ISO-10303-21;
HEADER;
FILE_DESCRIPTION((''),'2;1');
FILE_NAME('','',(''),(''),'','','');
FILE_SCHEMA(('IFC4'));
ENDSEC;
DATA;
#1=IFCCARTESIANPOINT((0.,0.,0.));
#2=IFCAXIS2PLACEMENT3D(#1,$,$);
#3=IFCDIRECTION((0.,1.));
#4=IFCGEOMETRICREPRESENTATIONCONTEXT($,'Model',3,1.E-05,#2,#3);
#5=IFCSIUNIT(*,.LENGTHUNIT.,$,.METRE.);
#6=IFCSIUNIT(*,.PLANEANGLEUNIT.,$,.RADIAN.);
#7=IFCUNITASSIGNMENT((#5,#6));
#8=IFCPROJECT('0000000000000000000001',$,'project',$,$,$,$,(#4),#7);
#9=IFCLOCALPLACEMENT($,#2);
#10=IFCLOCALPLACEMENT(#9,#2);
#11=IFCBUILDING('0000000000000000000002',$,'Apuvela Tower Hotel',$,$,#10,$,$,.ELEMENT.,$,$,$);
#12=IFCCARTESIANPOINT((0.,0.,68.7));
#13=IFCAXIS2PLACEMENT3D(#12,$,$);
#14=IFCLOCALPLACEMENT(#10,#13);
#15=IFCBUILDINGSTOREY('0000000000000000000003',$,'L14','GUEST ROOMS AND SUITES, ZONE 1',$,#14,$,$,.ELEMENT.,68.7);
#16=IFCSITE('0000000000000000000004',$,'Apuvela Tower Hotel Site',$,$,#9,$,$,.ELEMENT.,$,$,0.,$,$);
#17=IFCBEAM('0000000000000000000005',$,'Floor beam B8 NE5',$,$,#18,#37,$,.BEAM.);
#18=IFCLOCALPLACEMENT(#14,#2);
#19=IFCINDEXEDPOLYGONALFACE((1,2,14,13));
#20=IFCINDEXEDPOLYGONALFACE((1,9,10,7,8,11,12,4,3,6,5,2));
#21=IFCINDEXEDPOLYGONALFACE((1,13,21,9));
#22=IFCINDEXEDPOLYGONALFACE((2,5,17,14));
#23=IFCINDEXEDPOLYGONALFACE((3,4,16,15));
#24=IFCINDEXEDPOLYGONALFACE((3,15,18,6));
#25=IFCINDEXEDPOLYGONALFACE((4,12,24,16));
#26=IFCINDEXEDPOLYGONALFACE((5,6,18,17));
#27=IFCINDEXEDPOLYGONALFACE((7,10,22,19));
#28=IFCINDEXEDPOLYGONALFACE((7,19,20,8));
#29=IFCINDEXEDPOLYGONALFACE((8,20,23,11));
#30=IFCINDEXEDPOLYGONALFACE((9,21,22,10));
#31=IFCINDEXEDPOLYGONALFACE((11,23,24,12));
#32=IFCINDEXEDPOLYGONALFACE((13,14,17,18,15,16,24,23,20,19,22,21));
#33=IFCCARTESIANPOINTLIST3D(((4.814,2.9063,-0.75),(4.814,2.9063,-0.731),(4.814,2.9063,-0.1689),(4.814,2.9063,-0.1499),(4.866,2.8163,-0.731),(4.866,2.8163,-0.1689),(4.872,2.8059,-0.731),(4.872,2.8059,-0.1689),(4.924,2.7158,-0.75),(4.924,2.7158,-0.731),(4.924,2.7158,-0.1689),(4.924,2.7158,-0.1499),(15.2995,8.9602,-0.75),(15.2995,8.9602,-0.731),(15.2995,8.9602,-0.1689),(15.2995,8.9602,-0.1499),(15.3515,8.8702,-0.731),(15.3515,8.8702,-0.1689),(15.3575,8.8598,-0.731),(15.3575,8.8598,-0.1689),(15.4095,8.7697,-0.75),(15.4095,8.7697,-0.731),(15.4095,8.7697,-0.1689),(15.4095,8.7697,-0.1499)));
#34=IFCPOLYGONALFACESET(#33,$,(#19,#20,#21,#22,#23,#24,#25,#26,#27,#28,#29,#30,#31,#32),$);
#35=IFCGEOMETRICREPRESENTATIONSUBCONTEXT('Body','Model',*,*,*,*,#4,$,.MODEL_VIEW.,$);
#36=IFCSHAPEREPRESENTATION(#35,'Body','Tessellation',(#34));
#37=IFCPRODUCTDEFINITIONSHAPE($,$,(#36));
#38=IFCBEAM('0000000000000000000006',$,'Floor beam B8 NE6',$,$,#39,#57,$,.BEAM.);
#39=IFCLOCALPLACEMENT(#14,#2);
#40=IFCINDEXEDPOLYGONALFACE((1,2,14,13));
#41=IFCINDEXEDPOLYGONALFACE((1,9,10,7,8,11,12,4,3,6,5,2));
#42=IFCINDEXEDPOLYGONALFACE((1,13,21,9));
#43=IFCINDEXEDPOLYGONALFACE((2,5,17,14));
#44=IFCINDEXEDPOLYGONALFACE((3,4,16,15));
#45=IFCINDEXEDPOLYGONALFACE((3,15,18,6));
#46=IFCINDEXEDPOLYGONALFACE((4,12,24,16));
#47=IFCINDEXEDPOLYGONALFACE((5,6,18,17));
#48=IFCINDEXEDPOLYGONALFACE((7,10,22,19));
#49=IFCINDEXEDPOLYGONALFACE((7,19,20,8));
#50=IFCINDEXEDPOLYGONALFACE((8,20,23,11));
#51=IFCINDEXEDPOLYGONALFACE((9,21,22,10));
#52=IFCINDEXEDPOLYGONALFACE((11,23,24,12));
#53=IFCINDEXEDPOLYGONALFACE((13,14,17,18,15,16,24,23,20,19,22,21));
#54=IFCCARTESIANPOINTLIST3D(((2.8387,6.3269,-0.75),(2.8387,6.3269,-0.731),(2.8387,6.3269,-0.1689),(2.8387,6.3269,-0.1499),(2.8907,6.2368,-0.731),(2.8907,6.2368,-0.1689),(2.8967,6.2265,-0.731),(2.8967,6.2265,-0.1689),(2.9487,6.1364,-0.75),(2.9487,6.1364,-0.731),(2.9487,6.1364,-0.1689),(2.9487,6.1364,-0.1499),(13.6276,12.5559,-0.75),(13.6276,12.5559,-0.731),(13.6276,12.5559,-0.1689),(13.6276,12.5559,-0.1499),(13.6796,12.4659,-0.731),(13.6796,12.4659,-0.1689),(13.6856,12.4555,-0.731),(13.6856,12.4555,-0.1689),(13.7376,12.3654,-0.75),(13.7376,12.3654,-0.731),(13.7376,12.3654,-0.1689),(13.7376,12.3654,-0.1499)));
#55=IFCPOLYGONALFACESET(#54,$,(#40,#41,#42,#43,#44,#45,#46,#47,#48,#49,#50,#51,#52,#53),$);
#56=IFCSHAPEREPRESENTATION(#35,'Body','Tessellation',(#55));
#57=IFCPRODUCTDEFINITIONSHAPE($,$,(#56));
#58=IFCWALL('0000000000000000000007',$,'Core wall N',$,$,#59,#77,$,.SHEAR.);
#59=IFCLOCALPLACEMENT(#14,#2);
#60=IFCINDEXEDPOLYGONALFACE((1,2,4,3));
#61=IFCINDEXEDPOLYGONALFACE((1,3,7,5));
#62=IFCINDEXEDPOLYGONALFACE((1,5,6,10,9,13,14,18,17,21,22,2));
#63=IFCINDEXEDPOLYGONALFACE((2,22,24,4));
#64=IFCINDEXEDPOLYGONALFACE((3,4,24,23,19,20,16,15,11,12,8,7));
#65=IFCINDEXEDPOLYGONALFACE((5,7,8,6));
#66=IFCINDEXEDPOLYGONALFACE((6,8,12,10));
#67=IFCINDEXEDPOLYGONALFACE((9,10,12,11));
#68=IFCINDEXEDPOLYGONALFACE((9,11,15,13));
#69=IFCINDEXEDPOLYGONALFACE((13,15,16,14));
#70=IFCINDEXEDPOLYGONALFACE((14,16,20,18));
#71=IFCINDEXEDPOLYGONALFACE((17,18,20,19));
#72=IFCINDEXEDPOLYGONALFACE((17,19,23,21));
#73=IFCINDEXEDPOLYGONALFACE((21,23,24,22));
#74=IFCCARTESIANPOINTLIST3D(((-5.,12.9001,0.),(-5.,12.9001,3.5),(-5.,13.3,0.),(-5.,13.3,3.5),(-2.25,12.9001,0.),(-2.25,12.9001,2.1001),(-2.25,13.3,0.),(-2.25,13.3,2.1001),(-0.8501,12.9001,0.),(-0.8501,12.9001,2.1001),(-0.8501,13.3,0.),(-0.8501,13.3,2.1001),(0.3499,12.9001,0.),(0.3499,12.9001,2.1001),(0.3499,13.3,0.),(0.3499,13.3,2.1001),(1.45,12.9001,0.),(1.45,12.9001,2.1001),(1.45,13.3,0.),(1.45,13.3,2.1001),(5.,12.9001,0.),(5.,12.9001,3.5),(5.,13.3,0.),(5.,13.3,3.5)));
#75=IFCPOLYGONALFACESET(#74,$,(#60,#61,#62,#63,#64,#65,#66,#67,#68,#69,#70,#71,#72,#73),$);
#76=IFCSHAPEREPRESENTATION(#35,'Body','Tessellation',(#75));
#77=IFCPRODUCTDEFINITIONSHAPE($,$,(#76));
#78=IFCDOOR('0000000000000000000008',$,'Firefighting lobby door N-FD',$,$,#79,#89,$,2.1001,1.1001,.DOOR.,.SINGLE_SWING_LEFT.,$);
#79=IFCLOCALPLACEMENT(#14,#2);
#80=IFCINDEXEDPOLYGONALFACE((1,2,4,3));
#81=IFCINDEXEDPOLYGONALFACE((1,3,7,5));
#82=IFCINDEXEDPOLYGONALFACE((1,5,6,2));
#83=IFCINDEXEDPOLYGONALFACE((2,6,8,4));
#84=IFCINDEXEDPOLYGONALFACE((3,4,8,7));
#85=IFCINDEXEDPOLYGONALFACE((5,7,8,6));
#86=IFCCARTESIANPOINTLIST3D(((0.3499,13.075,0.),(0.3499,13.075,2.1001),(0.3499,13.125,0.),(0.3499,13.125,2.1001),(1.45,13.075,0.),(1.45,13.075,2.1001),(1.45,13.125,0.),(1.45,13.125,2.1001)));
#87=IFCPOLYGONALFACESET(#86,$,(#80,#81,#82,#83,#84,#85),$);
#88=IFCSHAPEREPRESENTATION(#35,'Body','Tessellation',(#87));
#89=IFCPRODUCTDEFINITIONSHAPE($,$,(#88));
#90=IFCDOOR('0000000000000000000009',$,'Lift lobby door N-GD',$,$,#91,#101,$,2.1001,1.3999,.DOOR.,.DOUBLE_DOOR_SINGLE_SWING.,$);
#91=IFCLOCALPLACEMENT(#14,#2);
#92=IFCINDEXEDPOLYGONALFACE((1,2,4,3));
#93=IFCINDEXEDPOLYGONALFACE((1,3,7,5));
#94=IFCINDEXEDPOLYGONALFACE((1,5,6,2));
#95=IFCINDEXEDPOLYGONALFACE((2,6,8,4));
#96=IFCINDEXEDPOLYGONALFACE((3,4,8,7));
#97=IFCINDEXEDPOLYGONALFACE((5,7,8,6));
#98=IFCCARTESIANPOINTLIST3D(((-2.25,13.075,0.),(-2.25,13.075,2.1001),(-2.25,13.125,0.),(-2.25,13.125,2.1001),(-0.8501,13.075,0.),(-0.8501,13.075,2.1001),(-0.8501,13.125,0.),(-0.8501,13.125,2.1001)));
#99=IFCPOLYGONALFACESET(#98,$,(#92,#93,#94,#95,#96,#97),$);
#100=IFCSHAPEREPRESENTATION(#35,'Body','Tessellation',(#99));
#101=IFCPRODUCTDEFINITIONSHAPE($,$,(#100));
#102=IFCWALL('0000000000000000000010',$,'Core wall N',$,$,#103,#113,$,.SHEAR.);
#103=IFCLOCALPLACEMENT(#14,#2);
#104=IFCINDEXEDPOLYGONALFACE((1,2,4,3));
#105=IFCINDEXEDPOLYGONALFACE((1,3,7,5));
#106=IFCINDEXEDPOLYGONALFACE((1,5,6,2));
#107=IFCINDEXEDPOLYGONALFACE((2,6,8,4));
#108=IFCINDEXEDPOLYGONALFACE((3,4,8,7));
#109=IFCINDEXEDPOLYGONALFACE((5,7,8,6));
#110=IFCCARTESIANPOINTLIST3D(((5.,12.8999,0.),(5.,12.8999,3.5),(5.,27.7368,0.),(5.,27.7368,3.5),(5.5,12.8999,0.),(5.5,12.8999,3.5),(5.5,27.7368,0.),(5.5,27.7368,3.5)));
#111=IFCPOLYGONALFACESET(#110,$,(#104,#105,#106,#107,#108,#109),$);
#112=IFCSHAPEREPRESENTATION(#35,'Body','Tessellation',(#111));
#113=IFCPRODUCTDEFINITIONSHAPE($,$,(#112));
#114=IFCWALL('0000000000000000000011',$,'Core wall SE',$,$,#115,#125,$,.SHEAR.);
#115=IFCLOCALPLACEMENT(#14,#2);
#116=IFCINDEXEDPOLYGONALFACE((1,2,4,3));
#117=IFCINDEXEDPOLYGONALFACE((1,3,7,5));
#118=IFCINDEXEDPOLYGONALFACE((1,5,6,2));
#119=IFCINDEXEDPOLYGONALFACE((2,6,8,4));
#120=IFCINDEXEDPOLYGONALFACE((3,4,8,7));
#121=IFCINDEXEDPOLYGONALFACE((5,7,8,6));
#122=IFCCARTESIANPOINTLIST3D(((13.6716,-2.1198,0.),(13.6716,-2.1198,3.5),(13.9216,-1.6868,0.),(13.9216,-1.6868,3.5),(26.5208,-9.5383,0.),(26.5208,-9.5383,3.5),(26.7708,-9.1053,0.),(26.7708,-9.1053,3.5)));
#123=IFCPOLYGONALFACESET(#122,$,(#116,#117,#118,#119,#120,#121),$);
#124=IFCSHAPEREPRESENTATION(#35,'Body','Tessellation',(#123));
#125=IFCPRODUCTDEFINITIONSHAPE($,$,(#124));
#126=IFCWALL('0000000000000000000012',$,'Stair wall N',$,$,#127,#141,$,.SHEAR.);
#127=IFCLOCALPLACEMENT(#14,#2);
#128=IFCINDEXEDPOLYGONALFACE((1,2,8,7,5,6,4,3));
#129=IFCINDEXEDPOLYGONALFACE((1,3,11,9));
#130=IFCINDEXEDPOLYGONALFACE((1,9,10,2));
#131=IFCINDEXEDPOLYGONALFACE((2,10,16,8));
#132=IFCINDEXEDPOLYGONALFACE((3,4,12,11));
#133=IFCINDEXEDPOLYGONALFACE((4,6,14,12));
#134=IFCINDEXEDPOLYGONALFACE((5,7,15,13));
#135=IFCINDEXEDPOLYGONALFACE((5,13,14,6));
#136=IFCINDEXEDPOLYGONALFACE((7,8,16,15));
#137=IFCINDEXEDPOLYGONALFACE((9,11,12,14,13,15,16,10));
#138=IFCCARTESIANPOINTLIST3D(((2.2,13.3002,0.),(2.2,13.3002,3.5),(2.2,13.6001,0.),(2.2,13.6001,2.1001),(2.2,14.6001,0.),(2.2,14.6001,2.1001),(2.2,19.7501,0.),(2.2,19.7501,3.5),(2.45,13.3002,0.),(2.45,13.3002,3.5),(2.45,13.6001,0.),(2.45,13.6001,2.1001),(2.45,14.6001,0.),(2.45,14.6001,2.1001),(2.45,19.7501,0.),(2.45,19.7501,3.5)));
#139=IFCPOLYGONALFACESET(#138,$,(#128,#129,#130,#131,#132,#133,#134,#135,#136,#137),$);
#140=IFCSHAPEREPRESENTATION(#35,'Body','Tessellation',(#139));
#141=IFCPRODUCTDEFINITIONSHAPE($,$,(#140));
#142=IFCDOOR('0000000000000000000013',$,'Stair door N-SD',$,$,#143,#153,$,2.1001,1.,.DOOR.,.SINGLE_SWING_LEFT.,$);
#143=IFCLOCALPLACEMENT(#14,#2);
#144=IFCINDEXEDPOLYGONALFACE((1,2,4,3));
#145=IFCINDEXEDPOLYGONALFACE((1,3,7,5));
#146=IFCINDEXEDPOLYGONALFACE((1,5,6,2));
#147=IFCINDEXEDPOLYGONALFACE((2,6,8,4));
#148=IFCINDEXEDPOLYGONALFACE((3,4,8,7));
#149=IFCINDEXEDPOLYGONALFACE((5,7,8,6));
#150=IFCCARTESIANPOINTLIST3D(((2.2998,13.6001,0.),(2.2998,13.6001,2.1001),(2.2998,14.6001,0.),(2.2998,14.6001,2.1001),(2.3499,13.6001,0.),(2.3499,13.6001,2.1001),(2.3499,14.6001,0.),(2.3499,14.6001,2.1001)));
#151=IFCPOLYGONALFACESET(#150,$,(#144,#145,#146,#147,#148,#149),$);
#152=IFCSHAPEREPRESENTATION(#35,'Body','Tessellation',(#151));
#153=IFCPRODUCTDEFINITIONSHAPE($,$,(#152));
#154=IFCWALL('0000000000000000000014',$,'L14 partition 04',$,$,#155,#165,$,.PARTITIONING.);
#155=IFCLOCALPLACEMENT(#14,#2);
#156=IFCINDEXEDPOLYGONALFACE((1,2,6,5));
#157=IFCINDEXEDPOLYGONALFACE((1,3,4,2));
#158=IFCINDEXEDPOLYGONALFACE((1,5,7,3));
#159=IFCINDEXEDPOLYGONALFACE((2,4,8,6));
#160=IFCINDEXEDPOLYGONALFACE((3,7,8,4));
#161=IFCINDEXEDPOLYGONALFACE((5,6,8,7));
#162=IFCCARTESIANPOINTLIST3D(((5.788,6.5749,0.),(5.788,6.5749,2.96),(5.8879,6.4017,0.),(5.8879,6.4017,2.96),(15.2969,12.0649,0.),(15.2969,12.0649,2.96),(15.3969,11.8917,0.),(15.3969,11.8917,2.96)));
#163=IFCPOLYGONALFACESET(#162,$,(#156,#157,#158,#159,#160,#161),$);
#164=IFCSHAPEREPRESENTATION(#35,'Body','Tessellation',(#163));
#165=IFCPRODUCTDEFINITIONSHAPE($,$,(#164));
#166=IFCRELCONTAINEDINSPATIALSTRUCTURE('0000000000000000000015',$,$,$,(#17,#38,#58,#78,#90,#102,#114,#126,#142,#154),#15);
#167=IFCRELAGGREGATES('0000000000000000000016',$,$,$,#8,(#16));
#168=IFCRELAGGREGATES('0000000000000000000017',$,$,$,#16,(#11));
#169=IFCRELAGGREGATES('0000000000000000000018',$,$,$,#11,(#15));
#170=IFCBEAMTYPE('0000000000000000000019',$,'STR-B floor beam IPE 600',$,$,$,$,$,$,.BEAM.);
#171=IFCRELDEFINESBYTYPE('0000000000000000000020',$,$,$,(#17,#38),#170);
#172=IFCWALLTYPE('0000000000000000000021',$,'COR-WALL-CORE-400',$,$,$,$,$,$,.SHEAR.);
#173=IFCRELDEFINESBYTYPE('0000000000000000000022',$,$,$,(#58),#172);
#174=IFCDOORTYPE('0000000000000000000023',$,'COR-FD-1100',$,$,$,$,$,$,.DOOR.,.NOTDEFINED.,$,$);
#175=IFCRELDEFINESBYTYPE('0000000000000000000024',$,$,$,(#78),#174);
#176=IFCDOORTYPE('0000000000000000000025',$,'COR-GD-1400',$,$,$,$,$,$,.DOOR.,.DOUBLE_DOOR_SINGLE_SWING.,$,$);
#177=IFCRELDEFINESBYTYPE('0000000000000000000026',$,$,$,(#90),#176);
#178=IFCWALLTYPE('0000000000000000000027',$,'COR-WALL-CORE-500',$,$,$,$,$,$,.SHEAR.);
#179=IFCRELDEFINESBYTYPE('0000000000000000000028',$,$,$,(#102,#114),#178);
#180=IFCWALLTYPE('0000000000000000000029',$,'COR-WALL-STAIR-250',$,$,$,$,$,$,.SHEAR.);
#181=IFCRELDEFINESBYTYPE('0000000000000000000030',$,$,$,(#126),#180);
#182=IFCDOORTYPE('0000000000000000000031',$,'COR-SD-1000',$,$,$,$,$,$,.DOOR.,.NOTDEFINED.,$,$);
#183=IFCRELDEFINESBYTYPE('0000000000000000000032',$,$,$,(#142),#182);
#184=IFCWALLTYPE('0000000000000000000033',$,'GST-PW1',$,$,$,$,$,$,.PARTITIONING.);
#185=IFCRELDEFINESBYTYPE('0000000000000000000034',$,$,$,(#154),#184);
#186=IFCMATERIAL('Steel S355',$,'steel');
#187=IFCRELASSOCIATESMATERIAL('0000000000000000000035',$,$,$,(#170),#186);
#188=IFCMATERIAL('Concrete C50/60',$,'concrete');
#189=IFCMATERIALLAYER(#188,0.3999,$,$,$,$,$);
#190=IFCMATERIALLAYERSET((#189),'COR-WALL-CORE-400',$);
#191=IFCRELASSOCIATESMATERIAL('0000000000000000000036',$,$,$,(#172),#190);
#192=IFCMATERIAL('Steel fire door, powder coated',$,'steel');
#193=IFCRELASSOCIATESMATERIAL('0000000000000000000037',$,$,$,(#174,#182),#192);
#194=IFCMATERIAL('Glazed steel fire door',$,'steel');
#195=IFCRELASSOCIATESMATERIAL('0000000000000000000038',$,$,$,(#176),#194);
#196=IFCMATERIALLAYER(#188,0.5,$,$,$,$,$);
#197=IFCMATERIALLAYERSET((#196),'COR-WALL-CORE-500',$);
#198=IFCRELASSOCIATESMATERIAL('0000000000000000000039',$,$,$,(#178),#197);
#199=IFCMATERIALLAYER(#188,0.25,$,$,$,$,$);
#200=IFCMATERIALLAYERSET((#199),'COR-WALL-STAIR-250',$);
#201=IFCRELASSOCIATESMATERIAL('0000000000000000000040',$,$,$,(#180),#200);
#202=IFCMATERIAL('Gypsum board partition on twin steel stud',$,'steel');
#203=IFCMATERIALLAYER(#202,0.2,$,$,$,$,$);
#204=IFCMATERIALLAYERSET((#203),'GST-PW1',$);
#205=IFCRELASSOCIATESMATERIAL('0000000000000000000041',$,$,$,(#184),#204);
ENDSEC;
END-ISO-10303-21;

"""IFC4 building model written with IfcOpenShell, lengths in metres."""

from ifc_helpers import new_model, si_unit, direction, frame, frame_2d, origin, origin_2d, place, context, subcontext, project, spatial, rectangle, i_section, extrude, material, layer, layer_set, material_profile, profile_set, type_object, element, fill, save


model = new_model("IFC4")

# Units and contexts
model_context = context("Model", 3, precision=1e-05, world=origin(), true_north=direction((0.0, 1.0)))
body_context = subcontext(model_context, "Body", "Model", "MODEL_VIEW")
ifc_project = project(units=[si_unit("LENGTHUNIT", "METRE"), si_unit("PLANEANGLEUNIT", "RADIAN")], contexts=[model_context])

# Site, building, storey
site_placement = place(None, origin())
site = spatial("IfcSite", under=ifc_project, at=site_placement, Name="Apuvela Tower Hotel Site", CompositionType="ELEMENT", RefElevation=0.0)
building_placement = place(site_placement, origin())
building = spatial("IfcBuilding", under=site, at=building_placement, Name="Apuvela Tower Hotel", CompositionType="ELEMENT")
storey_placement = place(building_placement, frame((0.0, 0.0, 68.7)))
storey = spatial("IfcBuildingStorey", under=building, at=storey_placement, Name="L14", Description="GUEST ROOMS AND SUITES, ZONE 1", CompositionType="ELEMENT", Elevation=68.7)

# Beams
ifc_material_1 = material(Name="Steel S355", Category="steel")
ifc_material_profile = material_profile(ifc_material_1, i_section(OverallWidth=0.22, OverallDepth=0.6001, WebThickness=0.012, FlangeThickness=0.019, at=origin_2d()), Name="IPE 600")
ifc_profile_set = profile_set([ifc_material_profile], Name="Steel S355")
beam_type = type_object("IfcBeamType", Name="STR-B floor beam IPE 600", PredefinedType="BEAM", material=ifc_profile_set)
beam_1_placement = place(storey_placement, frame((15.3545, 8.865, -0.45), z_axis=(-0.866022, -0.500006, 0.0), x_axis=(0.500006, -0.866022, 0.0)))
element("IfcBeam", 1, at=beam_1_placement, inside=storey, type_object=beam_type, Name="Floor beam B8 NE5", PredefinedType="BEAM", context=body_context, shape_type="SweptSolid", body=[
    extrude(i_section(OverallWidth=0.22, OverallDepth=0.6001, WebThickness=0.012, FlangeThickness=0.019, at=origin_2d()), origin(), (0.0, 0.0, 1.0), 12.1077),
])
beam_2_placement = place(storey_placement, frame((13.6826, 12.4607, -0.45), z_axis=(-0.866023, -0.500005, 0.0), x_axis=(0.500005, -0.866023, 0.0)))
element("IfcBeam", 2, at=beam_2_placement, inside=storey, type_object=beam_type, Name="Floor beam B8 NE6", PredefinedType="BEAM", context=body_context, shape_type="SweptSolid", body=[
    extrude(i_section(OverallWidth=0.22, OverallDepth=0.6001, WebThickness=0.012, FlangeThickness=0.019, at=origin_2d()), origin(), (0.0, 0.0, 1.0), 12.458),
])

# Wall, openings, doors
ifc_material_2 = material(Name="Concrete C50/60", Category="concrete")
ifc_layer_1 = layer(ifc_material_2, 0.3999)
ifc_layer_set_1 = layer_set([ifc_layer_1], Name="COR-WALL-CORE-400")
wall_type_1 = type_object("IfcWallType", Name="COR-WALL-CORE-400", PredefinedType="SHEAR", material=ifc_layer_set_1)
wall_1_placement = place(storey_placement, frame((5.0, 13.1001, 0.0), z_axis=(0.0, 0.0, 1.0), x_axis=(-1.0, 0.0, 0.0)))
wall_1 = element("IfcWall", 3, at=wall_1_placement, inside=storey, type_object=wall_type_1, Name="Core wall N", PredefinedType="SHEAR", context=body_context, shape_type="SweptSolid", body=[
    extrude(rectangle(XDim=10.0, YDim=0.3999, at=frame_2d((5.0, 0.0))), origin(), (0.0, 0.0, 1.0), 3.5),
])
opening_1_placement = place(wall_1_placement, frame((3.55, 0.0, 0.0)))
opening_1 = element("IfcOpeningElement", 4, at=opening_1_placement, cuts=wall_1, PredefinedType="OPENING", context=body_context, shape_type="SweptSolid", body=[
    extrude(rectangle(XDim=1.1001, YDim=2.1001, at=frame_2d((0.55, 1.05))), frame((0.0, 0.21, 0.0), z_axis=(0.0, -1.0, 0.0), x_axis=(1.0, 0.0, 0.0)), (0.0, 0.0, 1.0), 0.4199),
])
opening_2_placement = place(wall_1_placement, frame((5.8501, 0.0, 0.0)))
opening_2 = element("IfcOpeningElement", 5, at=opening_2_placement, cuts=wall_1, PredefinedType="OPENING", context=body_context, shape_type="SweptSolid", body=[
    extrude(rectangle(XDim=1.3999, YDim=2.1001, at=frame_2d((0.7, 1.05))), frame((0.0, 0.21, 0.0), z_axis=(0.0, -1.0, 0.0), x_axis=(1.0, 0.0, 0.0)), (0.0, 0.0, 1.0), 0.4199),
])
ifc_material_3 = material(Name="Steel fire door, powder coated", Category="steel")
door_type_1 = type_object("IfcDoorType", Name="COR-FD-1100", OperationType="NOTDEFINED", PredefinedType="DOOR", material=ifc_material_3)
door_1_placement = place(opening_1_placement, frame((1.1001, 0.0, 0.0), z_axis=(0.0, 0.0, 1.0), x_axis=(-1.0, 0.0, 0.0)))
door_1 = element("IfcDoor", 6, at=door_1_placement, inside=storey, type_object=door_type_1, Name="Firefighting lobby door N-FD", OperationType="SINGLE_SWING_LEFT", OverallHeight=2.1001, OverallWidth=1.1001, PredefinedType="DOOR", context=body_context, shape_type="SweptSolid", body=[
    extrude(rectangle(XDim=1.1001, YDim=2.1001, at=frame_2d((0.55, 1.05))), frame((0.0, 0.0249, 0.0), z_axis=(0.0, -1.0, 0.0), x_axis=(1.0, 0.0, 0.0)), (0.0, 0.0, 1.0), 0.05),
])
fill(opening_1, door_1)
ifc_material_4 = material(Name="Glazed steel fire door", Category="steel")
door_type_2 = type_object("IfcDoorType", Name="COR-GD-1400", OperationType="DOUBLE_DOOR_SINGLE_SWING", PredefinedType="DOOR", material=ifc_material_4)
door_2_placement = place(opening_2_placement, frame((1.3999, 0.0, 0.0), z_axis=(0.0, 0.0, 1.0), x_axis=(-1.0, 0.0, 0.0)))
door_2 = element("IfcDoor", 7, at=door_2_placement, inside=storey, type_object=door_type_2, Name="Lift lobby door N-GD", OperationType="DOUBLE_DOOR_SINGLE_SWING", OverallHeight=2.1001, OverallWidth=1.3999, PredefinedType="DOOR", context=body_context, shape_type="SweptSolid", body=[
    extrude(rectangle(XDim=1.3999, YDim=2.1001, at=frame_2d((0.7, 1.05))), frame((0.0, 0.0249, 0.0), z_axis=(0.0, -1.0, 0.0), x_axis=(1.0, 0.0, 0.0)), (0.0, 0.0, 1.0), 0.05),
])
fill(opening_2, door_2)

# Walls
ifc_layer_2 = layer(ifc_material_2, 0.5)
ifc_layer_set_2 = layer_set([ifc_layer_2], Name="COR-WALL-CORE-500")
wall_type_2 = type_object("IfcWallType", Name="COR-WALL-CORE-500", PredefinedType="SHEAR", material=ifc_layer_set_2)
for number, where, z_axis, x_axis, name in (
    (8, (5.25, 12.8999, 0.0), (0.0, 0.0, 1.0), (0.0, 1.0, 0.0), "Core wall N"),
    (9, (13.7966, -1.9033, 0.0), (0.0, 0.0, 1.0), (0.866025, -0.500001, 0.0), "Core wall SE"),
):
    element("IfcWall", number, at=place(storey_placement, frame(where, z_axis=z_axis, x_axis=x_axis)), inside=storey, type_object=wall_type_2, Name=name, PredefinedType="SHEAR", context=body_context, shape_type="SweptSolid", body=[
        extrude(rectangle(XDim=14.8369, YDim=0.5, at=frame_2d((7.4185, 0.0))), origin(), (0.0, 0.0, 1.0), 3.5),
    ])

# Wall, opening, door
ifc_layer_3 = layer(ifc_material_2, 0.25)
ifc_layer_set_3 = layer_set([ifc_layer_3], Name="COR-WALL-STAIR-250")
wall_type_3 = type_object("IfcWallType", Name="COR-WALL-STAIR-250", PredefinedType="SHEAR", material=ifc_layer_set_3)
wall_2_placement = place(storey_placement, frame((2.325, 13.3, 0.0), z_axis=(0.0, 0.0, 1.0), x_axis=(0.0, 1.0, 0.0)))
wall_2 = element("IfcWall", 10, at=wall_2_placement, inside=storey, type_object=wall_type_3, Name="Stair wall N", PredefinedType="SHEAR", context=body_context, shape_type="SweptSolid", body=[
    extrude(rectangle(XDim=6.45, YDim=0.25, at=frame_2d((3.2251, 0.0))), origin(), (0.0, 0.0, 1.0), 3.5),
])
opening_3_placement = place(wall_2_placement, frame((0.3, 0.0, 0.0)))
opening_3 = element("IfcOpeningElement", 11, at=opening_3_placement, cuts=wall_2, PredefinedType="OPENING", context=body_context, shape_type="SweptSolid", body=[
    extrude(rectangle(XDim=1.0, YDim=2.1001, at=frame_2d((0.5, 1.05))), frame((0.0, 0.135, 0.0), z_axis=(0.0, -1.0, 0.0), x_axis=(1.0, 0.0, 0.0)), (0.0, 0.0, 1.0), 0.27),
])
door_type_3 = type_object("IfcDoorType", Name="COR-SD-1000", OperationType="NOTDEFINED", PredefinedType="DOOR", material=ifc_material_3)
door_3_placement = place(opening_3_placement, frame((1.0, 0.0, 0.0), z_axis=(0.0, 0.0, 1.0), x_axis=(-1.0, 0.0, 0.0)))
door_3 = element("IfcDoor", 12, at=door_3_placement, inside=storey, type_object=door_type_3, Name="Stair door N-SD", OperationType="SINGLE_SWING_LEFT", OverallHeight=2.1001, OverallWidth=1.0, PredefinedType="DOOR", context=body_context, shape_type="SweptSolid", body=[
    extrude(rectangle(XDim=1.0, YDim=2.1001, at=frame_2d((0.5, 1.05))), frame((0.0, 0.0249, 0.0), z_axis=(0.0, -1.0, 0.0), x_axis=(1.0, 0.0, 0.0)), (0.0, 0.0, 1.0), 0.05),
])
fill(opening_3, door_3)

# Wall
ifc_material_5 = material(Name="Gypsum board partition on twin steel stud", Category="steel")
ifc_layer_4 = layer(ifc_material_5, 0.2)
ifc_layer_set_4 = layer_set([ifc_layer_4], Name="GST-PW1")
wall_type_4 = type_object("IfcWallType", Name="GST-PW1", PredefinedType="PARTITIONING", material=ifc_layer_set_4)
wall_3_placement = place(storey_placement, frame((15.3469, 11.9783, 0.0), z_axis=(0.0, 0.0, 1.0), x_axis=(-0.866027, -0.499996, 0.0)))
element("IfcWall", 13, at=wall_3_placement, inside=storey, type_object=wall_type_4, Name="L14 partition 04", PredefinedType="PARTITIONING", context=body_context, shape_type="SweptSolid", body=[
    extrude(rectangle(XDim=10.98, YDim=0.2, at=frame_2d((5.49, 0.0))), origin(), (0.0, 0.0, 1.0), 2.96),
])

save(model, "model.ifc")
